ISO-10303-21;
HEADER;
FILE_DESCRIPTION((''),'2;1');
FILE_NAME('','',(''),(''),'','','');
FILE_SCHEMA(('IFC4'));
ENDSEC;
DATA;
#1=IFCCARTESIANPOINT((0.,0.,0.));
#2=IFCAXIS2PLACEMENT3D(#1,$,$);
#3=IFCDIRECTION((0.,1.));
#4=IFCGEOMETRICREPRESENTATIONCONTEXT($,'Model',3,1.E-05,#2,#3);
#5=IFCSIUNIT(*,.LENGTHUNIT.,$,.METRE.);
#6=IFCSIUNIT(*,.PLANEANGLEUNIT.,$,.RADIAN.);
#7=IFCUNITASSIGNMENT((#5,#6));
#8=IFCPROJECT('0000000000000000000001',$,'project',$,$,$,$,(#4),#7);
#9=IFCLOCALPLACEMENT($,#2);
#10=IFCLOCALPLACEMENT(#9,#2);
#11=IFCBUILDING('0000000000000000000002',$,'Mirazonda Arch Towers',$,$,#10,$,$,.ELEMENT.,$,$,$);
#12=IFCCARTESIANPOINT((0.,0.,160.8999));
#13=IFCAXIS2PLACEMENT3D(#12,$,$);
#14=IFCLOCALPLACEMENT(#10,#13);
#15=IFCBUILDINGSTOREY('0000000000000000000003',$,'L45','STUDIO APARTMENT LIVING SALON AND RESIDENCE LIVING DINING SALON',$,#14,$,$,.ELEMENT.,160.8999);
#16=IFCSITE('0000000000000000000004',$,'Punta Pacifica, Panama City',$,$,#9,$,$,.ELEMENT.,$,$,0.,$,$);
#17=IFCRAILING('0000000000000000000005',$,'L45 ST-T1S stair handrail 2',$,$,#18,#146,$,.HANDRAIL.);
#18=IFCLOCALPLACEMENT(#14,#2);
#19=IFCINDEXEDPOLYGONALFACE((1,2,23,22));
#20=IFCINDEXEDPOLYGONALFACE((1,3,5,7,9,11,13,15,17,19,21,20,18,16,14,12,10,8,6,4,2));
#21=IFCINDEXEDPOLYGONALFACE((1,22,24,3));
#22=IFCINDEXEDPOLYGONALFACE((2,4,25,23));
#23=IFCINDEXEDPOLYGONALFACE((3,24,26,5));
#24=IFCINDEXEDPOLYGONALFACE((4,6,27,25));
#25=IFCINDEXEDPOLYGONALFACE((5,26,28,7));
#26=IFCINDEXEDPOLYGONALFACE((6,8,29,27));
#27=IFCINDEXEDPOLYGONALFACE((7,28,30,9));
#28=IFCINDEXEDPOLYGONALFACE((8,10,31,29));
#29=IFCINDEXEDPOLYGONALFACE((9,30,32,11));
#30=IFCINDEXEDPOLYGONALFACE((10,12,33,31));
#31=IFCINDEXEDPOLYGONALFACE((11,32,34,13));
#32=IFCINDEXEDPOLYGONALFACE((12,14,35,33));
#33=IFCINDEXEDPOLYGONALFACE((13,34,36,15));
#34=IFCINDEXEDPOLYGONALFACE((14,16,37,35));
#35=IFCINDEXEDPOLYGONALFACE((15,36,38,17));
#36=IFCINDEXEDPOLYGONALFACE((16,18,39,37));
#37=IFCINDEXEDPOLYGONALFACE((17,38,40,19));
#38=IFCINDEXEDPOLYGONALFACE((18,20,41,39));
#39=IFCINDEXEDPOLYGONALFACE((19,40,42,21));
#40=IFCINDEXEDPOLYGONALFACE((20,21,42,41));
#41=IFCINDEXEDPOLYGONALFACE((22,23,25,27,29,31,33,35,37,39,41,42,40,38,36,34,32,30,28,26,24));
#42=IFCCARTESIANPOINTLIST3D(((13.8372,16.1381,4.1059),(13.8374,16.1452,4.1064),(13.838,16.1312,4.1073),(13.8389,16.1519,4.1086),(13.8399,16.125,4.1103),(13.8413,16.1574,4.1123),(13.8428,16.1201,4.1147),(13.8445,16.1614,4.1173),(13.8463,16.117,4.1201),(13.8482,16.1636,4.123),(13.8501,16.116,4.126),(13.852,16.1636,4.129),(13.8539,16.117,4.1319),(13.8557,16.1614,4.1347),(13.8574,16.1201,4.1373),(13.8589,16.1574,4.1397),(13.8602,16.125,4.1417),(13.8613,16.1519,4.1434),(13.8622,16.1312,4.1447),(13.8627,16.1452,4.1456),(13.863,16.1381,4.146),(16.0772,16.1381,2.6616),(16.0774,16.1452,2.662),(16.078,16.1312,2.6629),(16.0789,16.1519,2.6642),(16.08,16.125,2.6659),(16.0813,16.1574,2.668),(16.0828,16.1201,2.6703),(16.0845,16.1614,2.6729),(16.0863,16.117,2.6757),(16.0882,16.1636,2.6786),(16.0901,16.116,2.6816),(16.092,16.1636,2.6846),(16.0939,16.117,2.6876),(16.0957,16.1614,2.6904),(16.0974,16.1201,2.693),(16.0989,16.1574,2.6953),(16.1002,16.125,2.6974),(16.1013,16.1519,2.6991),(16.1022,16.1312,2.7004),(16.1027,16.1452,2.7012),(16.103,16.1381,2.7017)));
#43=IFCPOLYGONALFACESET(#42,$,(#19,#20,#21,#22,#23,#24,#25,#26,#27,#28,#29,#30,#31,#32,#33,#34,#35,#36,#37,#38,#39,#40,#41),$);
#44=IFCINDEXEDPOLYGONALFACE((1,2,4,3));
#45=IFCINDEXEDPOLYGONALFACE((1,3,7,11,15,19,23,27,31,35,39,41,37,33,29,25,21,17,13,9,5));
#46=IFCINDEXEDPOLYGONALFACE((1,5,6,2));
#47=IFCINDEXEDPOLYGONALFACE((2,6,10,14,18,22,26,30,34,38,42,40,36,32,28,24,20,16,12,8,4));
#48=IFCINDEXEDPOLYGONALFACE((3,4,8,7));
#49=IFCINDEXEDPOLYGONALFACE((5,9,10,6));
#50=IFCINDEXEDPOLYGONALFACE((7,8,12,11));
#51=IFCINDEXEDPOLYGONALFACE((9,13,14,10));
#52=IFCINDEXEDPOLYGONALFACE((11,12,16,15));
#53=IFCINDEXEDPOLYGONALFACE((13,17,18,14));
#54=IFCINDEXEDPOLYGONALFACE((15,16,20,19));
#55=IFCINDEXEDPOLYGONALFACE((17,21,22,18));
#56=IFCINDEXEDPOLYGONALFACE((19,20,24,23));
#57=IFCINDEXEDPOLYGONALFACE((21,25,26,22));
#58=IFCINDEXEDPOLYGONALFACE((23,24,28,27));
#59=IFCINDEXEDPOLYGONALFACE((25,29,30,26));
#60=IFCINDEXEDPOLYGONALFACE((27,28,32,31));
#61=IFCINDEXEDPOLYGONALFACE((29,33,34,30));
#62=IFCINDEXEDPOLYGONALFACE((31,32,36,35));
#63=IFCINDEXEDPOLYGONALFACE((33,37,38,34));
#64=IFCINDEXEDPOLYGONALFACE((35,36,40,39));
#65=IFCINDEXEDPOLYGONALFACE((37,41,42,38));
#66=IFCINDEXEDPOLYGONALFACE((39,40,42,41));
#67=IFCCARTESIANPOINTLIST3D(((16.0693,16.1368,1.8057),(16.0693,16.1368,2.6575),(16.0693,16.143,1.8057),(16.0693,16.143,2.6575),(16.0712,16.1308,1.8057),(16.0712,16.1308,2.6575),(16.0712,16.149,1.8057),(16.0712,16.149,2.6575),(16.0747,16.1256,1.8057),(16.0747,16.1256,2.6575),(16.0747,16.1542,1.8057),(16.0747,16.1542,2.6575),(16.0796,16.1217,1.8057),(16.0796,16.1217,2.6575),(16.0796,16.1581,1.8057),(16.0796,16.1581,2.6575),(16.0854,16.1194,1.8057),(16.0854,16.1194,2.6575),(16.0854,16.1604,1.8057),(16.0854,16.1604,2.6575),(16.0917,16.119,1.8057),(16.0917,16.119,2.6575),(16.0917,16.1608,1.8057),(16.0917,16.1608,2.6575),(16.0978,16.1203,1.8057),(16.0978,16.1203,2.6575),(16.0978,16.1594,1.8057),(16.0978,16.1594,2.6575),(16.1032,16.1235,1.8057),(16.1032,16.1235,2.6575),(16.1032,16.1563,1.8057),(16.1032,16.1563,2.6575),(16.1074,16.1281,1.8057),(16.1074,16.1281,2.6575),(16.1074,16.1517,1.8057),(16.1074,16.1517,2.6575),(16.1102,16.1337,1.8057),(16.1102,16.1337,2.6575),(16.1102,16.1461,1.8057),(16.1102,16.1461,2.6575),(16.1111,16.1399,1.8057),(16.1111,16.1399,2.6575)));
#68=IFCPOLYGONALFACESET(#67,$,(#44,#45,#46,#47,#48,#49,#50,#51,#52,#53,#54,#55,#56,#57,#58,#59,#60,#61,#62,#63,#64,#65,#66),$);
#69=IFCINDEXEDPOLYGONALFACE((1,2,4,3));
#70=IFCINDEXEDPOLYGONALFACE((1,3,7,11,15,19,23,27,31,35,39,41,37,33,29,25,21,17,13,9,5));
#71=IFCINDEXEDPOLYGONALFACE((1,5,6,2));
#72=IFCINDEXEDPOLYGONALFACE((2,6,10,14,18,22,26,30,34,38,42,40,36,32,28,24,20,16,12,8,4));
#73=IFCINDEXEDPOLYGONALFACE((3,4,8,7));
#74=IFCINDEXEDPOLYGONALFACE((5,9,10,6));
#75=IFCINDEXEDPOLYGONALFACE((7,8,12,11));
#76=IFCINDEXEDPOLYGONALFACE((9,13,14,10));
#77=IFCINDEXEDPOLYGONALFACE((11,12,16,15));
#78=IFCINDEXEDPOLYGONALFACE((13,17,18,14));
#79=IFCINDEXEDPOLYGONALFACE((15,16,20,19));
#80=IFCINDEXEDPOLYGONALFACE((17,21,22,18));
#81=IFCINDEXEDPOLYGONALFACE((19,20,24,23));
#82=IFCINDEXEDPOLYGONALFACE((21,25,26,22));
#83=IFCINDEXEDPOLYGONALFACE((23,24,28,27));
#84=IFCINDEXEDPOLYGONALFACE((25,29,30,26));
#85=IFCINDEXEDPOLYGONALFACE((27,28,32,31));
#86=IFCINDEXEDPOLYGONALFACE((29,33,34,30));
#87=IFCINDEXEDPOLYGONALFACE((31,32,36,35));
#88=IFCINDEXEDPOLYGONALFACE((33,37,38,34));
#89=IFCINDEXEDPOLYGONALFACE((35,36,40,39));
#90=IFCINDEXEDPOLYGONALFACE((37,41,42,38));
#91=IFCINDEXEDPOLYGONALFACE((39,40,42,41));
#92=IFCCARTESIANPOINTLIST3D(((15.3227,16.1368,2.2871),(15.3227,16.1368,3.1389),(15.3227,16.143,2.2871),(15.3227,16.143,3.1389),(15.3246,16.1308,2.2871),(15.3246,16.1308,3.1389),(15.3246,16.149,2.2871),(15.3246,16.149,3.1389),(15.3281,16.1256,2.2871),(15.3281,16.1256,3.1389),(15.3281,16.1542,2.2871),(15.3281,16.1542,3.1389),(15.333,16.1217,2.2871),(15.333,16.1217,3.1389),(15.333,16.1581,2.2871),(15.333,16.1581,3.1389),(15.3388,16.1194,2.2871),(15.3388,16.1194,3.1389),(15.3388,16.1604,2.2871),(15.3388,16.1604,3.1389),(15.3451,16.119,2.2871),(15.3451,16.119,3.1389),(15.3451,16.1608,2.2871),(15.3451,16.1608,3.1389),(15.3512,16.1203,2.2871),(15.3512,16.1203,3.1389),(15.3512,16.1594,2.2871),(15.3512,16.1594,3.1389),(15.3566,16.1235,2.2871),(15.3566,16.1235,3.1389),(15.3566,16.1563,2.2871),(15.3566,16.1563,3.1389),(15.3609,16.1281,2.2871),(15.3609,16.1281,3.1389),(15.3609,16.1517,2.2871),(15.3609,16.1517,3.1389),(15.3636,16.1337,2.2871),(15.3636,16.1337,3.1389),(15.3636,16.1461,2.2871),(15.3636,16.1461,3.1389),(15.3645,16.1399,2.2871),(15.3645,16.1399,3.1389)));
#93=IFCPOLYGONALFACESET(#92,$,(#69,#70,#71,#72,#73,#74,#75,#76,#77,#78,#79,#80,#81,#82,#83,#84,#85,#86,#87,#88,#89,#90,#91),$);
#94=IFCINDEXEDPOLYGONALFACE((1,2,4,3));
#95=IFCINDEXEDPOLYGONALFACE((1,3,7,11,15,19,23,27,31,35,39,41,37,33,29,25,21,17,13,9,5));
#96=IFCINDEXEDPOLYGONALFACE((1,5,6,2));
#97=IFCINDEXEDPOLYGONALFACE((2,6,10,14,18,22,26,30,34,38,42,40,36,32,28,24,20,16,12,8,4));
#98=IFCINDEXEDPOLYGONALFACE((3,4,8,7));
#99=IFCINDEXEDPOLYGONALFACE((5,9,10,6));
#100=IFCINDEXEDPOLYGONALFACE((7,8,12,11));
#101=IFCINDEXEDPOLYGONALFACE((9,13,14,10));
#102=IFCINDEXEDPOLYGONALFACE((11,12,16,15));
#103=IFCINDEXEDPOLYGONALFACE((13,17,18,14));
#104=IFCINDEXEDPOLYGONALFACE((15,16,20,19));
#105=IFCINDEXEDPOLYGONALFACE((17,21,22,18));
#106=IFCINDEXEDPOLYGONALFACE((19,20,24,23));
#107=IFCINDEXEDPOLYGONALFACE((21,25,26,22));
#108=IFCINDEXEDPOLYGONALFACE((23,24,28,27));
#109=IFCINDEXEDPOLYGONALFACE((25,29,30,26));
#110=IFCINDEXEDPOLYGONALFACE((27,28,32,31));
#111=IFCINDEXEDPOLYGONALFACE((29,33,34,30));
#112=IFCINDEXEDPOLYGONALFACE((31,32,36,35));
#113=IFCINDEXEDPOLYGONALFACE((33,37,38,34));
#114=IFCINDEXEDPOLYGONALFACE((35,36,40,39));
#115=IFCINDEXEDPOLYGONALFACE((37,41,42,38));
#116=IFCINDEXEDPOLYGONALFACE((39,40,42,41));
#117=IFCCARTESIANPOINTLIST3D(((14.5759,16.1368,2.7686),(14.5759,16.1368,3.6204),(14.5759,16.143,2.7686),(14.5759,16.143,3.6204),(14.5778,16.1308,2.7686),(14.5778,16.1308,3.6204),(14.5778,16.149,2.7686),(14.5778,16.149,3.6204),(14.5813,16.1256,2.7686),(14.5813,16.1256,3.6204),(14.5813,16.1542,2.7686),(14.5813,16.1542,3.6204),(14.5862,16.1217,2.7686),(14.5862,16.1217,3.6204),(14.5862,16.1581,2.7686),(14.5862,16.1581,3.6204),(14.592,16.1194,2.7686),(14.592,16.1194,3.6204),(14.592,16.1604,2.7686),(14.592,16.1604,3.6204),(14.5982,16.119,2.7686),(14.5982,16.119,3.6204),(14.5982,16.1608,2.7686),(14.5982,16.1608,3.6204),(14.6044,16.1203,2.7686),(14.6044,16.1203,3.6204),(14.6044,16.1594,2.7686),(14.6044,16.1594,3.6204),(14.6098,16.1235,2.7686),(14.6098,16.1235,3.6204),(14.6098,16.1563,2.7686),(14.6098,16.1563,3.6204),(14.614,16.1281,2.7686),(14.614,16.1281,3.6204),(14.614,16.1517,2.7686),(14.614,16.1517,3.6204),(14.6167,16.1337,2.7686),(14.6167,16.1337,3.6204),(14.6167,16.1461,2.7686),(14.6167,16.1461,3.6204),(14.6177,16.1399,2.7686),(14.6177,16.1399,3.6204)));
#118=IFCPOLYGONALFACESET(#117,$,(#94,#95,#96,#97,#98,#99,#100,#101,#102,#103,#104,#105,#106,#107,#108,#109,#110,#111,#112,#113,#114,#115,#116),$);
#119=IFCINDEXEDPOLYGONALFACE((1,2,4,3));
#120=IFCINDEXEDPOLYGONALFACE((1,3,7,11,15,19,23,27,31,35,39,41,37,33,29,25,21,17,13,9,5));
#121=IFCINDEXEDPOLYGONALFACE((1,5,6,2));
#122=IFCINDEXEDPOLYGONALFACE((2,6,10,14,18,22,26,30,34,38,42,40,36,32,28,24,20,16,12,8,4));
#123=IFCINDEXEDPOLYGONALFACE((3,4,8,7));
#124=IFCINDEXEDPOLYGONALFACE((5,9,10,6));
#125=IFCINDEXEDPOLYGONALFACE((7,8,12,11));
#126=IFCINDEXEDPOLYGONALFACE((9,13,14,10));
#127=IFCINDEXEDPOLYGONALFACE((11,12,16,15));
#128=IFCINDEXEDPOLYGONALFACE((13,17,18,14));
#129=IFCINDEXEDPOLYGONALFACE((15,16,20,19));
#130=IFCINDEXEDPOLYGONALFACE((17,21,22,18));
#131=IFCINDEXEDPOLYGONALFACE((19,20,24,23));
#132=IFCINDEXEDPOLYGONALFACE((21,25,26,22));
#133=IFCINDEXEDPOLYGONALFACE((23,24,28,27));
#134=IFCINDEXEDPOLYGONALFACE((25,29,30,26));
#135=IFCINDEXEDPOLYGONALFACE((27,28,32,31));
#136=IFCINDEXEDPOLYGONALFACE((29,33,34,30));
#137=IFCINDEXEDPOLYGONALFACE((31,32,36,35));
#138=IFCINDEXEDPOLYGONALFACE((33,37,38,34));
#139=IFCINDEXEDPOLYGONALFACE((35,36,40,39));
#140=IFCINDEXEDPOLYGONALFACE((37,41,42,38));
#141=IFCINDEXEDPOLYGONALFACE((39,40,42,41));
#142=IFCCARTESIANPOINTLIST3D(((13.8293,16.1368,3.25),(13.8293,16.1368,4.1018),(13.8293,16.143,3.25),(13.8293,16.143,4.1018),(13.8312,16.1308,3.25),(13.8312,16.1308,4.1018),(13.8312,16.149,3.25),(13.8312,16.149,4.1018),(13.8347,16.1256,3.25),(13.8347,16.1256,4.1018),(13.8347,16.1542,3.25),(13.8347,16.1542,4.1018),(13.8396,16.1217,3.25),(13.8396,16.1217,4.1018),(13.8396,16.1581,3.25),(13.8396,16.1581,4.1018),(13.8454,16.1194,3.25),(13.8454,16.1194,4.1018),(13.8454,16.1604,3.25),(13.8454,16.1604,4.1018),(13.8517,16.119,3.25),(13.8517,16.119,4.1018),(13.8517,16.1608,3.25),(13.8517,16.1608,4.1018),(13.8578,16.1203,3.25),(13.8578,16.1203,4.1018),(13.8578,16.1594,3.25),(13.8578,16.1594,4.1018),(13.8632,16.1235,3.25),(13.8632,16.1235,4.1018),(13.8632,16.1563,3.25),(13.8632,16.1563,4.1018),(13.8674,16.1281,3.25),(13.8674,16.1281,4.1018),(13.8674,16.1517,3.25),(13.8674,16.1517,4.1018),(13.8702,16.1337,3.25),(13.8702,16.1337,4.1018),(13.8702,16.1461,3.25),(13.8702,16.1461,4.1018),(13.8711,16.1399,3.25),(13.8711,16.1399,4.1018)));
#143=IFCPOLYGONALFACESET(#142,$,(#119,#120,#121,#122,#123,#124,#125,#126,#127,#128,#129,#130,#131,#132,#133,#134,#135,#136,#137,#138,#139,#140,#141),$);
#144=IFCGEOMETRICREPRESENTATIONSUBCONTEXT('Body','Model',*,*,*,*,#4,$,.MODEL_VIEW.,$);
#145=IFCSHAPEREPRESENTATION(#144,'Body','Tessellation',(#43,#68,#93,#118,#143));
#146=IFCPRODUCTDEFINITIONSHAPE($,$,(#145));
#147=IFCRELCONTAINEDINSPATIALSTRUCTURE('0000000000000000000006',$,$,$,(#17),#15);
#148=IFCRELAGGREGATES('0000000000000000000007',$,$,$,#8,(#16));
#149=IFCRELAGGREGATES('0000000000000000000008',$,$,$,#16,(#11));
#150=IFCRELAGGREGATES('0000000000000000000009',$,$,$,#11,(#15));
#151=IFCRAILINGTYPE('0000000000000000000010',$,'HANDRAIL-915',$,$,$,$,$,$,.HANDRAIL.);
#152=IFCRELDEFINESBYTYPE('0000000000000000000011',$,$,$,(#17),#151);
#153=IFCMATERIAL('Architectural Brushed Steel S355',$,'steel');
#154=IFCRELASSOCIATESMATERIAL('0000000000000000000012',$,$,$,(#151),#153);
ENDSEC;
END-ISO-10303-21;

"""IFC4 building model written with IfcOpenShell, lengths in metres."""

from ifc_helpers import new_model, si_unit, direction, frame, origin, origin_2d, place, context, subcontext, project, spatial, circle, extrude, material, type_object, element, save


model = new_model("IFC4")

# Units and contexts
model_context = context("Model", 3, precision=1e-05, world=origin(), true_north=direction((0.0, 1.0)))
body_context = subcontext(model_context, "Body", "Model", "MODEL_VIEW")
ifc_project = project(units=[si_unit("LENGTHUNIT", "METRE"), si_unit("PLANEANGLEUNIT", "RADIAN")], contexts=[model_context])

# Site, building, storey
site_placement = place(None, origin())
site = spatial("IfcSite", under=ifc_project, at=site_placement, Name="Punta Pacifica, Panama City", CompositionType="ELEMENT", RefElevation=0.0)
building_placement = place(site_placement, origin())
building = spatial("IfcBuilding", under=site, at=building_placement, Name="Mirazonda Arch Towers", CompositionType="ELEMENT")
storey_placement = place(building_placement, frame((0.0, 0.0, 160.8999)))
storey = spatial("IfcBuildingStorey", under=building, at=storey_placement, Name="L45", Description="STUDIO APARTMENT LIVING SALON AND RESIDENCE LIVING DINING SALON", CompositionType="ELEMENT", Elevation=160.8999)

# Shared definitions
ifc_material_1 = material(Name="Architectural Brushed Steel S355", Category="steel")

# Railing
railing_type_1 = type_object("IfcRailingType", Name="HANDRAIL-915", PredefinedType="HANDRAIL", material=ifc_material_1)
railing_1_placement = place(storey_placement, frame((16.0901, 16.1399, 1.8057)))
element("IfcRailing", 1, at=railing_1_placement, inside=storey, type_object=railing_type_1, Name="L45 ST-T1S stair handrail 2", PredefinedType="HANDRAIL", context=body_context, shape_type="SweptSolid", body=[
    extrude(circle(Radius=0.0239, at=origin_2d()), frame((0.0, 0.0, 0.876), z_axis=(-0.840437, 0.0, 0.54191), x_axis=(0.0, -1.0, 0.0)), (0.0, 0.0, 1.0), 2.6653),
    extrude(circle(Radius=0.021, at=origin_2d()), origin(), (0.0, 0.0, 1.0), 0.8518),
    extrude(circle(Radius=0.021, at=origin_2d()), frame((-0.7466, 0.0, 0.4814)), (0.0, 0.0, 1.0), 0.8518),
    extrude(circle(Radius=0.021, at=origin_2d()), frame((-1.4934, 0.0, 0.9629)), (0.0, 0.0, 1.0), 0.8518),
    extrude(circle(Radius=0.021, at=origin_2d()), frame((-2.24, 0.0, 1.4443)), (0.0, 0.0, 1.0), 0.8518),
])

save(model, "model.ifc")
